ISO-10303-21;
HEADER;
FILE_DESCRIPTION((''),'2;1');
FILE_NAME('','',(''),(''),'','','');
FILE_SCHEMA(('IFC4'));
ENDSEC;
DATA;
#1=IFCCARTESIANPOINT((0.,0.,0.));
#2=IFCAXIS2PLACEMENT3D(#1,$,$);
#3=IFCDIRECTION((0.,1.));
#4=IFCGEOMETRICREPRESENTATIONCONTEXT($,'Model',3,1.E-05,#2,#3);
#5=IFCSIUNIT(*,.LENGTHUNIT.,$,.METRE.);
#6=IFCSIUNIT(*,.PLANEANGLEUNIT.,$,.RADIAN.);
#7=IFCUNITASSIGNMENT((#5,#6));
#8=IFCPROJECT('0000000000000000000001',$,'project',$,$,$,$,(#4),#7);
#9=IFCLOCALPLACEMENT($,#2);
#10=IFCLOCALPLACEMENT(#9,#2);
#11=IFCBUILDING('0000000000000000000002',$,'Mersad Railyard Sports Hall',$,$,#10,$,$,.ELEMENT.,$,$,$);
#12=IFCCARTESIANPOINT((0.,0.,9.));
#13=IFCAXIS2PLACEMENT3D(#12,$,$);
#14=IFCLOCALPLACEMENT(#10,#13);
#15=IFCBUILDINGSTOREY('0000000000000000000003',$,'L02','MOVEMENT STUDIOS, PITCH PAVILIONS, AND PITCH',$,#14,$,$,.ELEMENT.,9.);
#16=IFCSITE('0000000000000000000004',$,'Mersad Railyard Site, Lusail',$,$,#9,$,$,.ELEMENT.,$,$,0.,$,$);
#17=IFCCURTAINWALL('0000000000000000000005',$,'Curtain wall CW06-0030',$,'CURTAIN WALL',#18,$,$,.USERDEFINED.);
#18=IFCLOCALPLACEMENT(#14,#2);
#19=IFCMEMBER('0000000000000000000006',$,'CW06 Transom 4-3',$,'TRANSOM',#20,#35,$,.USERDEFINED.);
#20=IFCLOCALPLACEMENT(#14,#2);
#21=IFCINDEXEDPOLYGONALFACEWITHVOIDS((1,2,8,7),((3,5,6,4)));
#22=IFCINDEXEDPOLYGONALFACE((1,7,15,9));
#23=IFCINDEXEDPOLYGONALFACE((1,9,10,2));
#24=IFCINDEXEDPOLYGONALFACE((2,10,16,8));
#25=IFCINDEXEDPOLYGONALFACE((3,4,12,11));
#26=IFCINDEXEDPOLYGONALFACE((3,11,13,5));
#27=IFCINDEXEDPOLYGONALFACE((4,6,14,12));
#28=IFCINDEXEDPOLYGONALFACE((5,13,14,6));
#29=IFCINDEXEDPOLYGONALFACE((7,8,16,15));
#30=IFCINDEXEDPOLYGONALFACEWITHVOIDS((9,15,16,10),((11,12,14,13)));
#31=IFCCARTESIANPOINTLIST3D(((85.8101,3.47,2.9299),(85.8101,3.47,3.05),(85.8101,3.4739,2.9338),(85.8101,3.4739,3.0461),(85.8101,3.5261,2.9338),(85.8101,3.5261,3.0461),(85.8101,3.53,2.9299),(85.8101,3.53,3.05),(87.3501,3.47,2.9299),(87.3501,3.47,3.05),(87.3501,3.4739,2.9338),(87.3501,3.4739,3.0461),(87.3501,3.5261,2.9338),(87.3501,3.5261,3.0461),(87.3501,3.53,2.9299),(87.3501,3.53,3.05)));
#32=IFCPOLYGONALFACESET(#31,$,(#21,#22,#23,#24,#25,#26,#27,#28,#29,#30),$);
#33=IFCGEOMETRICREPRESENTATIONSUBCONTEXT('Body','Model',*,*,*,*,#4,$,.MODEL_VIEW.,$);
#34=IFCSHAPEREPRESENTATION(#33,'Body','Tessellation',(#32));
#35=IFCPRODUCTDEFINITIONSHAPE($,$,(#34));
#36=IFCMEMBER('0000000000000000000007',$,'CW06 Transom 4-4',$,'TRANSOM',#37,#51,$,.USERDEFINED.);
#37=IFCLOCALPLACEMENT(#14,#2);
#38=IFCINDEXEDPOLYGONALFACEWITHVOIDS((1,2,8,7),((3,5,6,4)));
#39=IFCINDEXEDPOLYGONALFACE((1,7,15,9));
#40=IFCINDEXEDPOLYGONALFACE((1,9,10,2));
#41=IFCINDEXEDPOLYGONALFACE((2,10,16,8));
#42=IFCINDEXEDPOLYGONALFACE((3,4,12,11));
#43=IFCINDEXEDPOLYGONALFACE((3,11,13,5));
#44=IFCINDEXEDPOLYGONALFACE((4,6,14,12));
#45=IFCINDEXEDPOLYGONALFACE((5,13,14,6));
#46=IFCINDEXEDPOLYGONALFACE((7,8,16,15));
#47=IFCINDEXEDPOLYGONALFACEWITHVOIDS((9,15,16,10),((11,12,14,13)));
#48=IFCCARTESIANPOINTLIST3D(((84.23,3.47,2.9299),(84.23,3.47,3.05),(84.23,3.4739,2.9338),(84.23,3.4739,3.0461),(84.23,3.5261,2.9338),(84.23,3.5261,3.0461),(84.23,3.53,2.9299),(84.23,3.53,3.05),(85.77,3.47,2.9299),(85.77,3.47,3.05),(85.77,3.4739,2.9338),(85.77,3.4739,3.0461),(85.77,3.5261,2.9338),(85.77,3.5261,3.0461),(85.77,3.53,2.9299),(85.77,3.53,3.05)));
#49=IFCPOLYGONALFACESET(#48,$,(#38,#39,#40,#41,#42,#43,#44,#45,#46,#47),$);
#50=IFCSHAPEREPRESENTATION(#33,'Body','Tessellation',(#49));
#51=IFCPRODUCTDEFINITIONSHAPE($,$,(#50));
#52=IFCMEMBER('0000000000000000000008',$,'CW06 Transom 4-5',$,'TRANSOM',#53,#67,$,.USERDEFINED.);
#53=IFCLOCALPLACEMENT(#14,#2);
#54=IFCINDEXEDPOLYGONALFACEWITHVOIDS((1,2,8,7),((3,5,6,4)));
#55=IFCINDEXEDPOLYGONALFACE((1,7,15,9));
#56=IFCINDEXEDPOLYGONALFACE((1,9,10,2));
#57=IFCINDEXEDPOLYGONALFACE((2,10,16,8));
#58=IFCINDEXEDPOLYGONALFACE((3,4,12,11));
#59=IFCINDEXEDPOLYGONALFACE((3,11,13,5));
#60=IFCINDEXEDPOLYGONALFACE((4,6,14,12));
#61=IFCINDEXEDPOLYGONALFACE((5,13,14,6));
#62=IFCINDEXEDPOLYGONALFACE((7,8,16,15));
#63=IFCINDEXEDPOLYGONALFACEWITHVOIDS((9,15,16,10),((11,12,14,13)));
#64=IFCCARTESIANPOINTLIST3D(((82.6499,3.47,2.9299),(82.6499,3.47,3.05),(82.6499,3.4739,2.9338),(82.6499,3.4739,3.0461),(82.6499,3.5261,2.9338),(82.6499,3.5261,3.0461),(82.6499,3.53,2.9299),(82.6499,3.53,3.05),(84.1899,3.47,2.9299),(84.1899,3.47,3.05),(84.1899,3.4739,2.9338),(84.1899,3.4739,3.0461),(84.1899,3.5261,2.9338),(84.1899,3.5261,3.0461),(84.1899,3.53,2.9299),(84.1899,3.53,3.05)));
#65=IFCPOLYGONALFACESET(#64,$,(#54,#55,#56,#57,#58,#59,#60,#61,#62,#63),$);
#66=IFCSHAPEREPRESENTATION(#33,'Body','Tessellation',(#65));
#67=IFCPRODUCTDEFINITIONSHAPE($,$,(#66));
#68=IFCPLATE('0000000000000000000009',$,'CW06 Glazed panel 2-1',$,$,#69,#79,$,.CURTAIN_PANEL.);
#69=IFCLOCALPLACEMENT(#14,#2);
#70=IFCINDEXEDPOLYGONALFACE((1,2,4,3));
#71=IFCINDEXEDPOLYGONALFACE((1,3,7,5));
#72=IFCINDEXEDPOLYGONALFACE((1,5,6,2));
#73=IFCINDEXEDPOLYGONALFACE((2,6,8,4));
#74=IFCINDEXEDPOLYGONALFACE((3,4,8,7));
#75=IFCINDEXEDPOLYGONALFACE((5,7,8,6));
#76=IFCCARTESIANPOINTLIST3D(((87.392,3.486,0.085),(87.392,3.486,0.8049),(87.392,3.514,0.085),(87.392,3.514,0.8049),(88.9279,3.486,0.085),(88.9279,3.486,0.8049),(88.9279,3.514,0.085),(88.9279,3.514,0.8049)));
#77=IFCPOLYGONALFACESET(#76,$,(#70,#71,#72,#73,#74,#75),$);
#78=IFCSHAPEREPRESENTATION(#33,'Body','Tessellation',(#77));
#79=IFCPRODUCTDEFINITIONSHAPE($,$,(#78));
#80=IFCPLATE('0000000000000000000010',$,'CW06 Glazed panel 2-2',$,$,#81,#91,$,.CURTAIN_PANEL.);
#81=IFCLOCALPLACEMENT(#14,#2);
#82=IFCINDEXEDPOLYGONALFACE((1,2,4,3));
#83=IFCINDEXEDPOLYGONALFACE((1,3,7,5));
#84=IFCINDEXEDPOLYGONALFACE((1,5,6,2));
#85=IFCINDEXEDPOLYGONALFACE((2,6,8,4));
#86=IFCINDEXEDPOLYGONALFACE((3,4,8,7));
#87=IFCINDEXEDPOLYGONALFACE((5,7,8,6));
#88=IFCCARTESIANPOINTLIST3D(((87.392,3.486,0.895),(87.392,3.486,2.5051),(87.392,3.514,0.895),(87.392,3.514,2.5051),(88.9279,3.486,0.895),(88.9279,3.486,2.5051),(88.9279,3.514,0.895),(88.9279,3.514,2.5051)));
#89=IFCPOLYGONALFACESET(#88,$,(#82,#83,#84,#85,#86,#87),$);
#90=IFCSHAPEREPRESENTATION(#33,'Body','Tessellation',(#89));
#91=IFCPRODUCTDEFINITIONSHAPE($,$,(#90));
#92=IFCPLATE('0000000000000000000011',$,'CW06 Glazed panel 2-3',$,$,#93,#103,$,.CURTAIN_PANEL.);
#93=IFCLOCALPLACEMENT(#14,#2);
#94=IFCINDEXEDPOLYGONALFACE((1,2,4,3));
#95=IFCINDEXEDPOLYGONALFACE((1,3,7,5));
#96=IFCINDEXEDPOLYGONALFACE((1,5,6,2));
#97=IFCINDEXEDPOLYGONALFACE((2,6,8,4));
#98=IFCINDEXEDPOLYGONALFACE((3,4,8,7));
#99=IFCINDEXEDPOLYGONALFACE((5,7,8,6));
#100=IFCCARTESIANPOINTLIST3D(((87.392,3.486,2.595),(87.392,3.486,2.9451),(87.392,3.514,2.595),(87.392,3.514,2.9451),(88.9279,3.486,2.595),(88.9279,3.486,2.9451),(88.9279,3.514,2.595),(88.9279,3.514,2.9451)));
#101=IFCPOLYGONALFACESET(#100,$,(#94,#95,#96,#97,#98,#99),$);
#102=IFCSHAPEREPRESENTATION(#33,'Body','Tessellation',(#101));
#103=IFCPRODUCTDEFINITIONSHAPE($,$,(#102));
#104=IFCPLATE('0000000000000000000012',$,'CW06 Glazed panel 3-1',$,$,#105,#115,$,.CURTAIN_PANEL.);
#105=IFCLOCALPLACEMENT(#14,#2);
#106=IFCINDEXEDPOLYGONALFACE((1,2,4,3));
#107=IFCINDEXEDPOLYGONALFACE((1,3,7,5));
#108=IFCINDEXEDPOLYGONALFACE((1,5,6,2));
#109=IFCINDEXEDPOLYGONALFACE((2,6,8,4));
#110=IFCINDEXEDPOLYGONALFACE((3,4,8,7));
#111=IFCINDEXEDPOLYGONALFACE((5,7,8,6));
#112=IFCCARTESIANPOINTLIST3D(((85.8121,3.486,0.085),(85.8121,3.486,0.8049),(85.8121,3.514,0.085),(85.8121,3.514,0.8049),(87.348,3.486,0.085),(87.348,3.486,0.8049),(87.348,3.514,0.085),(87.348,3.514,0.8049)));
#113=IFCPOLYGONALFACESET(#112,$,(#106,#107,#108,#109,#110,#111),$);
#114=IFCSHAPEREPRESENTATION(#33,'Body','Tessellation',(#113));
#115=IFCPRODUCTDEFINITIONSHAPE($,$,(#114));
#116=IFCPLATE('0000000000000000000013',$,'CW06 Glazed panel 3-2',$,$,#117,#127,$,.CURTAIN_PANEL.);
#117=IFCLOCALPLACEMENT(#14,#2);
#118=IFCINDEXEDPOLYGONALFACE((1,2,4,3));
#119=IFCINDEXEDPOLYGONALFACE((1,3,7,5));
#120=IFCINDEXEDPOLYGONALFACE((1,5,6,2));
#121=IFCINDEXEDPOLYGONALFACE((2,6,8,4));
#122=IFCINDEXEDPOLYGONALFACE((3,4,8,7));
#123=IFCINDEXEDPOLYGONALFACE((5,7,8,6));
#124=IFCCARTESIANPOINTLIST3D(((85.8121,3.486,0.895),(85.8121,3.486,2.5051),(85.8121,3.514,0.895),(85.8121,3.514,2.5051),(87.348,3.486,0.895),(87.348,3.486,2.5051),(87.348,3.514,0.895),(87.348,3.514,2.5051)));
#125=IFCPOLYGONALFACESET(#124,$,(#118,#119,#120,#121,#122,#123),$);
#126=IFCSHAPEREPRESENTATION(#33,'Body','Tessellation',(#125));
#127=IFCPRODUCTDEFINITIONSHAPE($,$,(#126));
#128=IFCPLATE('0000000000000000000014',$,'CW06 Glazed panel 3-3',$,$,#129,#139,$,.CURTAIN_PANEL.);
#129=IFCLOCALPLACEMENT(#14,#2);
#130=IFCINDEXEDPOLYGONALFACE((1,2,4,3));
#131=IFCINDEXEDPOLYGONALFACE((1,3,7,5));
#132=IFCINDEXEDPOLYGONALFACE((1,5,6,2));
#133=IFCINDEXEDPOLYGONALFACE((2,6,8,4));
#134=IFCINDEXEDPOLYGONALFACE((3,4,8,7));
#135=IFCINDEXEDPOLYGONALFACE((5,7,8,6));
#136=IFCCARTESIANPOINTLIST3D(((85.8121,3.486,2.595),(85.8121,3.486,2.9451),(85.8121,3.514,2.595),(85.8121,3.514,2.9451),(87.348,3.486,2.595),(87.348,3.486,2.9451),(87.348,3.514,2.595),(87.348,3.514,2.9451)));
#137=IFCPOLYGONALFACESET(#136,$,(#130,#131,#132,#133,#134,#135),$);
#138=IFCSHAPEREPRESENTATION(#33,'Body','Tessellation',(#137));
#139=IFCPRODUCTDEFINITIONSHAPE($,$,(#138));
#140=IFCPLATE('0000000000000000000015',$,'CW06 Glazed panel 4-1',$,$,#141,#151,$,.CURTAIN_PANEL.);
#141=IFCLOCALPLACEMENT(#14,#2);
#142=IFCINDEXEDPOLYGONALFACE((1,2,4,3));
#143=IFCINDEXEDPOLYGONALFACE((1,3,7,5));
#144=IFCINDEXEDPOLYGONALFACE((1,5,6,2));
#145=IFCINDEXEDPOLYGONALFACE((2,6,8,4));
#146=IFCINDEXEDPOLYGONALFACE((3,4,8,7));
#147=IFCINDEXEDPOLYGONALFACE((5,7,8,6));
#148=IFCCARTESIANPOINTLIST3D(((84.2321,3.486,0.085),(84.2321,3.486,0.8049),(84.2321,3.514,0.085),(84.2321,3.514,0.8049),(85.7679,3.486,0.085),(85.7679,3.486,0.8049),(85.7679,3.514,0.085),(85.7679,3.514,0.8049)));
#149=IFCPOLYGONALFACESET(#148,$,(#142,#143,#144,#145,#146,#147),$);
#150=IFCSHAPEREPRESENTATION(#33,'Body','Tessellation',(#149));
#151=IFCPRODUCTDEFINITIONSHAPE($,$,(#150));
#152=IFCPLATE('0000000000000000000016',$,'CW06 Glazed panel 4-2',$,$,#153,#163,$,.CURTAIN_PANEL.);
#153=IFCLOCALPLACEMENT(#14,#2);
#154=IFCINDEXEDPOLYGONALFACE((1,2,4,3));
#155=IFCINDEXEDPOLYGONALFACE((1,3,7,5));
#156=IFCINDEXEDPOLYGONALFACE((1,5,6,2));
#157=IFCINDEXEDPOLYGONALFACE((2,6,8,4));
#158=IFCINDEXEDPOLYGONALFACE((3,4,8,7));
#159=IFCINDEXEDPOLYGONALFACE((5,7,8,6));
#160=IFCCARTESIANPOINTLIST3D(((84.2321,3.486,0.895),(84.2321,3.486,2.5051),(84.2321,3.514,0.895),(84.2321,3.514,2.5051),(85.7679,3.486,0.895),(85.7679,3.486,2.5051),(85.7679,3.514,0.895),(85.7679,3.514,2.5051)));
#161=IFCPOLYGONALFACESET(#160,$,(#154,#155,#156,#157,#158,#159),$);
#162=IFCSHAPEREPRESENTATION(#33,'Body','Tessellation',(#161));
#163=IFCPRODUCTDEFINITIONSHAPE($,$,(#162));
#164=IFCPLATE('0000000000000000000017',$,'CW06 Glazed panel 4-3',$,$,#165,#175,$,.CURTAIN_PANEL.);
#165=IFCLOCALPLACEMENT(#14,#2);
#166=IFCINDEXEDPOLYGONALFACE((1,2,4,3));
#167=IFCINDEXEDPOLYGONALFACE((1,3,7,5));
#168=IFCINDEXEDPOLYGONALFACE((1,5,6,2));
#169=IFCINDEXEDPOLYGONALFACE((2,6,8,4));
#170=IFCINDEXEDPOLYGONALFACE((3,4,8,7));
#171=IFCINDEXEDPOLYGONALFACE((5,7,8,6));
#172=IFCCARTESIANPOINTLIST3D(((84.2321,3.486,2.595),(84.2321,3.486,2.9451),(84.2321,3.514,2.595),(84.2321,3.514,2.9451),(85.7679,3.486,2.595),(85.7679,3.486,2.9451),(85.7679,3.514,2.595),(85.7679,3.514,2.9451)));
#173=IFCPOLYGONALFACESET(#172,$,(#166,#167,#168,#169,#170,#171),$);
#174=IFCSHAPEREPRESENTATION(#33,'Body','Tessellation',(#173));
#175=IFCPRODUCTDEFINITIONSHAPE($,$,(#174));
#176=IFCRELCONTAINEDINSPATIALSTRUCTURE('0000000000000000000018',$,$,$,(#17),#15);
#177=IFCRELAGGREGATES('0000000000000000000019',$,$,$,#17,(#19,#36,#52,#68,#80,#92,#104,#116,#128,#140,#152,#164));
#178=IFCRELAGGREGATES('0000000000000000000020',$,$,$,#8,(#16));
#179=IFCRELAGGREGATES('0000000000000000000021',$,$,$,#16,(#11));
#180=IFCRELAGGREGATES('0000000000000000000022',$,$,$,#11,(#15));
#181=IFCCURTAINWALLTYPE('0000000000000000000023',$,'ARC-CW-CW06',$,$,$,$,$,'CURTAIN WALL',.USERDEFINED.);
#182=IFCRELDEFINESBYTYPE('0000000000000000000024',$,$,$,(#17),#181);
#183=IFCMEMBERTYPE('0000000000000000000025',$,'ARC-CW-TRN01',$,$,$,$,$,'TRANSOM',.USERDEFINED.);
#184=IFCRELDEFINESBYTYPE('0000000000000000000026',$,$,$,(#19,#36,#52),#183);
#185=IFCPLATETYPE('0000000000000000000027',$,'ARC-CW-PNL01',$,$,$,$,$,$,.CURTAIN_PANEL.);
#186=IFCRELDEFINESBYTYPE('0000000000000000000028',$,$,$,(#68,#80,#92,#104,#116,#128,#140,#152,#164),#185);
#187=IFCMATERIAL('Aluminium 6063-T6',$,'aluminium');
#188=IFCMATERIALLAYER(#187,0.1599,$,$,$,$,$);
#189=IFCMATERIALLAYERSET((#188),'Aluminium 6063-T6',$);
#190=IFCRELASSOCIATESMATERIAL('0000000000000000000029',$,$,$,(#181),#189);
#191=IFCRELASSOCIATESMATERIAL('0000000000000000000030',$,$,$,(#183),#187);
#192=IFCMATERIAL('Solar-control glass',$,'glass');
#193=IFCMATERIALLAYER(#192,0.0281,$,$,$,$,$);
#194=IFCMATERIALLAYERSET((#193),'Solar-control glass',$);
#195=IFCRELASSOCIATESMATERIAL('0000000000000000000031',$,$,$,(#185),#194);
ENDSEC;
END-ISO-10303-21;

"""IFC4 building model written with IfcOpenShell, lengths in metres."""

from ifc_helpers import new_model, si_unit, direction, frame, origin, origin_2d, place, context, subcontext, project, spatial, rectangle, hollow_rectangle, extrude, material, layer, layer_set, material_profile, profile_set, type_object, element, aggregate, save


model = new_model("IFC4")

# Units and contexts
model_context = context("Model", 3, precision=1e-05, world=origin(), true_north=direction((0.0, 1.0)))
body_context = subcontext(model_context, "Body", "Model", "MODEL_VIEW")
ifc_project = project(units=[si_unit("LENGTHUNIT", "METRE"), si_unit("PLANEANGLEUNIT", "RADIAN")], contexts=[model_context])

# Site, building, storey
site_placement = place(None, origin())
site = spatial("IfcSite", under=ifc_project, at=site_placement, Name="Mersad Railyard Site, Lusail", CompositionType="ELEMENT", RefElevation=0.0)
building_placement = place(site_placement, origin())
building = spatial("IfcBuilding", under=site, at=building_placement, Name="Mersad Railyard Sports Hall", CompositionType="ELEMENT")
storey_placement = place(building_placement, frame((0.0, 0.0, 9.0)))
storey = spatial("IfcBuildingStorey", under=building, at=storey_placement, Name="L02", Description="MOVEMENT STUDIOS, PITCH PAVILIONS, AND PITCH", CompositionType="ELEMENT", Elevation=9.0)

# Curtain wall, members, plates
ifc_material_1 = material(Name="Aluminium 6063-T6", Category="aluminium")
ifc_layer_1 = layer(ifc_material_1, 0.1599)
ifc_layer_set_1 = layer_set([ifc_layer_1], Name="Aluminium 6063-T6")
curtain_wall_type = type_object("IfcCurtainWallType", Name="ARC-CW-CW06", ElementType="CURTAIN WALL", PredefinedType="USERDEFINED", material=ifc_layer_set_1)
curtain_wall_placement = place(storey_placement, origin())
curtain_wall = element("IfcCurtainWall", 1, at=curtain_wall_placement, inside=storey, type_object=curtain_wall_type, Name="Curtain wall CW06-0030", ObjectType="CURTAIN WALL", PredefinedType="USERDEFINED")
ifc_material_profile_1 = material_profile(ifc_material_1, hollow_rectangle(XDim=0.0601, YDim=0.1201, WallThickness=0.0039, at=origin_2d()), Name="AL TRANSOM 60x120x4")
ifc_profile_set_1 = profile_set([ifc_material_profile_1], Name="Aluminium 6063-T6")
member_type_1 = type_object("IfcMemberType", Name="ARC-CW-TRN01", ElementType="TRANSOM", PredefinedType="USERDEFINED", material=ifc_profile_set_1)
member_1_placement = place(storey_placement, frame((87.3501, 3.5, 2.99), z_axis=(-1.0, 0.0, 0.0), x_axis=(0.0, -1.0, 0.0)))
member_1 = element("IfcMember", 2, at=member_1_placement, type_object=member_type_1, Name="CW06 Transom 4-3", ObjectType="TRANSOM", PredefinedType="USERDEFINED", context=body_context, shape_type="SweptSolid", body=[
    extrude(hollow_rectangle(XDim=0.0601, YDim=0.1201, WallThickness=0.0039, at=origin_2d()), origin(), (0.0, 0.0, 1.0), 1.54),
])
member_2_placement = place(storey_placement, frame((85.77, 3.5, 2.99), z_axis=(-1.0, 0.0, 0.0), x_axis=(0.0, -1.0, 0.0)))
member_2 = element("IfcMember", 3, at=member_2_placement, type_object=member_type_1, Name="CW06 Transom 4-4", ObjectType="TRANSOM", PredefinedType="USERDEFINED", context=body_context, shape_type="SweptSolid", body=[
    extrude(hollow_rectangle(XDim=0.0601, YDim=0.1201, WallThickness=0.0039, at=origin_2d()), origin(), (0.0, 0.0, 1.0), 1.54),
])
member_3_placement = place(storey_placement, frame((84.1899, 3.5, 2.99), z_axis=(-1.0, 0.0, 0.0), x_axis=(0.0, -1.0, 0.0)))
member_3 = element("IfcMember", 4, at=member_3_placement, type_object=member_type_1, Name="CW06 Transom 4-5", ObjectType="TRANSOM", PredefinedType="USERDEFINED", context=body_context, shape_type="SweptSolid", body=[
    extrude(hollow_rectangle(XDim=0.0601, YDim=0.1201, WallThickness=0.0039, at=origin_2d()), origin(), (0.0, 0.0, 1.0), 1.54),
])
ifc_material_2 = material(Name="Solar-control glass", Category="glass")
ifc_layer_2 = layer(ifc_material_2, 0.0281)
ifc_layer_set_2 = layer_set([ifc_layer_2], Name="Solar-control glass")
plate_type = type_object("IfcPlateType", Name="ARC-CW-PNL01", PredefinedType="CURTAIN_PANEL", material=ifc_layer_set_2)
plate_1_placement = place(storey_placement, frame((88.1599, 3.5, 0.085), z_axis=(0.0, 0.0, 1.0), x_axis=(-1.0, 0.0, 0.0)))
plate_1 = element("IfcPlate", 5, at=plate_1_placement, type_object=plate_type, Name="CW06 Glazed panel 2-1", PredefinedType="CURTAIN_PANEL", context=body_context, shape_type="SweptSolid", body=[
    extrude(rectangle(XDim=1.5359, YDim=0.0281, at=origin_2d()), origin(), (0.0, 0.0, 1.0), 0.72),
])
plate_2_placement = place(storey_placement, frame((88.1599, 3.5, 0.895), z_axis=(0.0, 0.0, 1.0), x_axis=(-1.0, 0.0, 0.0)))
plate_2 = element("IfcPlate", 6, at=plate_2_placement, type_object=plate_type, Name="CW06 Glazed panel 2-2", PredefinedType="CURTAIN_PANEL", context=body_context, shape_type="SweptSolid", body=[
    extrude(rectangle(XDim=1.5359, YDim=0.0281, at=origin_2d()), origin(), (0.0, 0.0, 1.0), 1.6101),
])
plate_3_placement = place(storey_placement, frame((88.1599, 3.5, 2.595), z_axis=(0.0, 0.0, 1.0), x_axis=(-1.0, 0.0, 0.0)))
plate_3 = element("IfcPlate", 7, at=plate_3_placement, type_object=plate_type, Name="CW06 Glazed panel 2-3", PredefinedType="CURTAIN_PANEL", context=body_context, shape_type="SweptSolid", body=[
    extrude(rectangle(XDim=1.5359, YDim=0.0281, at=origin_2d()), origin(), (0.0, 0.0, 1.0), 0.3501),
])
plate_4_placement = place(storey_placement, frame((86.5801, 3.5, 0.085), z_axis=(0.0, 0.0, 1.0), x_axis=(-1.0, 0.0, 0.0)))
plate_4 = element("IfcPlate", 8, at=plate_4_placement, type_object=plate_type, Name="CW06 Glazed panel 3-1", PredefinedType="CURTAIN_PANEL", context=body_context, shape_type="SweptSolid", body=[
    extrude(rectangle(XDim=1.5359, YDim=0.0281, at=origin_2d()), origin(), (0.0, 0.0, 1.0), 0.72),
])
plate_5_placement = place(storey_placement, frame((86.5801, 3.5, 0.895), z_axis=(0.0, 0.0, 1.0), x_axis=(-1.0, 0.0, 0.0)))
plate_5 = element("IfcPlate", 9, at=plate_5_placement, type_object=plate_type, Name="CW06 Glazed panel 3-2", PredefinedType="CURTAIN_PANEL", context=body_context, shape_type="SweptSolid", body=[
    extrude(rectangle(XDim=1.5359, YDim=0.0281, at=origin_2d()), origin(), (0.0, 0.0, 1.0), 1.6101),
])
plate_6_placement = place(storey_placement, frame((86.5801, 3.5, 2.595), z_axis=(0.0, 0.0, 1.0), x_axis=(-1.0, 0.0, 0.0)))
plate_6 = element("IfcPlate", 10, at=plate_6_placement, type_object=plate_type, Name="CW06 Glazed panel 3-3", PredefinedType="CURTAIN_PANEL", context=body_context, shape_type="SweptSolid", body=[
    extrude(rectangle(XDim=1.5359, YDim=0.0281, at=origin_2d()), origin(), (0.0, 0.0, 1.0), 0.3501),
])
plate_7_placement = place(storey_placement, frame((85.0, 3.5, 0.085), z_axis=(0.0, 0.0, 1.0), x_axis=(-1.0, 0.0, 0.0)))
plate_7 = element("IfcPlate", 11, at=plate_7_placement, type_object=plate_type, Name="CW06 Glazed panel 4-1", PredefinedType="CURTAIN_PANEL", context=body_context, shape_type="SweptSolid", body=[
    extrude(rectangle(XDim=1.5359, YDim=0.0281, at=origin_2d()), origin(), (0.0, 0.0, 1.0), 0.72),
])
plate_8_placement = place(storey_placement, frame((85.0, 3.5, 0.895), z_axis=(0.0, 0.0, 1.0), x_axis=(-1.0, 0.0, 0.0)))
plate_8 = element("IfcPlate", 12, at=plate_8_placement, type_object=plate_type, Name="CW06 Glazed panel 4-2", PredefinedType="CURTAIN_PANEL", context=body_context, shape_type="SweptSolid", body=[
    extrude(rectangle(XDim=1.5359, YDim=0.0281, at=origin_2d()), origin(), (0.0, 0.0, 1.0), 1.6101),
])
plate_9_placement = place(storey_placement, frame((85.0, 3.5, 2.595), z_axis=(0.0, 0.0, 1.0), x_axis=(-1.0, 0.0, 0.0)))
plate_9 = element("IfcPlate", 13, at=plate_9_placement, type_object=plate_type, Name="CW06 Glazed panel 4-3", PredefinedType="CURTAIN_PANEL", context=body_context, shape_type="SweptSolid", body=[
    extrude(rectangle(XDim=1.5359, YDim=0.0281, at=origin_2d()), origin(), (0.0, 0.0, 1.0), 0.3501),
])
aggregate(curtain_wall, [member_1, member_2, member_3, plate_1, plate_2, plate_3, plate_4, plate_5, plate_6, plate_7, plate_8, plate_9])

save(model, "model.ifc")
